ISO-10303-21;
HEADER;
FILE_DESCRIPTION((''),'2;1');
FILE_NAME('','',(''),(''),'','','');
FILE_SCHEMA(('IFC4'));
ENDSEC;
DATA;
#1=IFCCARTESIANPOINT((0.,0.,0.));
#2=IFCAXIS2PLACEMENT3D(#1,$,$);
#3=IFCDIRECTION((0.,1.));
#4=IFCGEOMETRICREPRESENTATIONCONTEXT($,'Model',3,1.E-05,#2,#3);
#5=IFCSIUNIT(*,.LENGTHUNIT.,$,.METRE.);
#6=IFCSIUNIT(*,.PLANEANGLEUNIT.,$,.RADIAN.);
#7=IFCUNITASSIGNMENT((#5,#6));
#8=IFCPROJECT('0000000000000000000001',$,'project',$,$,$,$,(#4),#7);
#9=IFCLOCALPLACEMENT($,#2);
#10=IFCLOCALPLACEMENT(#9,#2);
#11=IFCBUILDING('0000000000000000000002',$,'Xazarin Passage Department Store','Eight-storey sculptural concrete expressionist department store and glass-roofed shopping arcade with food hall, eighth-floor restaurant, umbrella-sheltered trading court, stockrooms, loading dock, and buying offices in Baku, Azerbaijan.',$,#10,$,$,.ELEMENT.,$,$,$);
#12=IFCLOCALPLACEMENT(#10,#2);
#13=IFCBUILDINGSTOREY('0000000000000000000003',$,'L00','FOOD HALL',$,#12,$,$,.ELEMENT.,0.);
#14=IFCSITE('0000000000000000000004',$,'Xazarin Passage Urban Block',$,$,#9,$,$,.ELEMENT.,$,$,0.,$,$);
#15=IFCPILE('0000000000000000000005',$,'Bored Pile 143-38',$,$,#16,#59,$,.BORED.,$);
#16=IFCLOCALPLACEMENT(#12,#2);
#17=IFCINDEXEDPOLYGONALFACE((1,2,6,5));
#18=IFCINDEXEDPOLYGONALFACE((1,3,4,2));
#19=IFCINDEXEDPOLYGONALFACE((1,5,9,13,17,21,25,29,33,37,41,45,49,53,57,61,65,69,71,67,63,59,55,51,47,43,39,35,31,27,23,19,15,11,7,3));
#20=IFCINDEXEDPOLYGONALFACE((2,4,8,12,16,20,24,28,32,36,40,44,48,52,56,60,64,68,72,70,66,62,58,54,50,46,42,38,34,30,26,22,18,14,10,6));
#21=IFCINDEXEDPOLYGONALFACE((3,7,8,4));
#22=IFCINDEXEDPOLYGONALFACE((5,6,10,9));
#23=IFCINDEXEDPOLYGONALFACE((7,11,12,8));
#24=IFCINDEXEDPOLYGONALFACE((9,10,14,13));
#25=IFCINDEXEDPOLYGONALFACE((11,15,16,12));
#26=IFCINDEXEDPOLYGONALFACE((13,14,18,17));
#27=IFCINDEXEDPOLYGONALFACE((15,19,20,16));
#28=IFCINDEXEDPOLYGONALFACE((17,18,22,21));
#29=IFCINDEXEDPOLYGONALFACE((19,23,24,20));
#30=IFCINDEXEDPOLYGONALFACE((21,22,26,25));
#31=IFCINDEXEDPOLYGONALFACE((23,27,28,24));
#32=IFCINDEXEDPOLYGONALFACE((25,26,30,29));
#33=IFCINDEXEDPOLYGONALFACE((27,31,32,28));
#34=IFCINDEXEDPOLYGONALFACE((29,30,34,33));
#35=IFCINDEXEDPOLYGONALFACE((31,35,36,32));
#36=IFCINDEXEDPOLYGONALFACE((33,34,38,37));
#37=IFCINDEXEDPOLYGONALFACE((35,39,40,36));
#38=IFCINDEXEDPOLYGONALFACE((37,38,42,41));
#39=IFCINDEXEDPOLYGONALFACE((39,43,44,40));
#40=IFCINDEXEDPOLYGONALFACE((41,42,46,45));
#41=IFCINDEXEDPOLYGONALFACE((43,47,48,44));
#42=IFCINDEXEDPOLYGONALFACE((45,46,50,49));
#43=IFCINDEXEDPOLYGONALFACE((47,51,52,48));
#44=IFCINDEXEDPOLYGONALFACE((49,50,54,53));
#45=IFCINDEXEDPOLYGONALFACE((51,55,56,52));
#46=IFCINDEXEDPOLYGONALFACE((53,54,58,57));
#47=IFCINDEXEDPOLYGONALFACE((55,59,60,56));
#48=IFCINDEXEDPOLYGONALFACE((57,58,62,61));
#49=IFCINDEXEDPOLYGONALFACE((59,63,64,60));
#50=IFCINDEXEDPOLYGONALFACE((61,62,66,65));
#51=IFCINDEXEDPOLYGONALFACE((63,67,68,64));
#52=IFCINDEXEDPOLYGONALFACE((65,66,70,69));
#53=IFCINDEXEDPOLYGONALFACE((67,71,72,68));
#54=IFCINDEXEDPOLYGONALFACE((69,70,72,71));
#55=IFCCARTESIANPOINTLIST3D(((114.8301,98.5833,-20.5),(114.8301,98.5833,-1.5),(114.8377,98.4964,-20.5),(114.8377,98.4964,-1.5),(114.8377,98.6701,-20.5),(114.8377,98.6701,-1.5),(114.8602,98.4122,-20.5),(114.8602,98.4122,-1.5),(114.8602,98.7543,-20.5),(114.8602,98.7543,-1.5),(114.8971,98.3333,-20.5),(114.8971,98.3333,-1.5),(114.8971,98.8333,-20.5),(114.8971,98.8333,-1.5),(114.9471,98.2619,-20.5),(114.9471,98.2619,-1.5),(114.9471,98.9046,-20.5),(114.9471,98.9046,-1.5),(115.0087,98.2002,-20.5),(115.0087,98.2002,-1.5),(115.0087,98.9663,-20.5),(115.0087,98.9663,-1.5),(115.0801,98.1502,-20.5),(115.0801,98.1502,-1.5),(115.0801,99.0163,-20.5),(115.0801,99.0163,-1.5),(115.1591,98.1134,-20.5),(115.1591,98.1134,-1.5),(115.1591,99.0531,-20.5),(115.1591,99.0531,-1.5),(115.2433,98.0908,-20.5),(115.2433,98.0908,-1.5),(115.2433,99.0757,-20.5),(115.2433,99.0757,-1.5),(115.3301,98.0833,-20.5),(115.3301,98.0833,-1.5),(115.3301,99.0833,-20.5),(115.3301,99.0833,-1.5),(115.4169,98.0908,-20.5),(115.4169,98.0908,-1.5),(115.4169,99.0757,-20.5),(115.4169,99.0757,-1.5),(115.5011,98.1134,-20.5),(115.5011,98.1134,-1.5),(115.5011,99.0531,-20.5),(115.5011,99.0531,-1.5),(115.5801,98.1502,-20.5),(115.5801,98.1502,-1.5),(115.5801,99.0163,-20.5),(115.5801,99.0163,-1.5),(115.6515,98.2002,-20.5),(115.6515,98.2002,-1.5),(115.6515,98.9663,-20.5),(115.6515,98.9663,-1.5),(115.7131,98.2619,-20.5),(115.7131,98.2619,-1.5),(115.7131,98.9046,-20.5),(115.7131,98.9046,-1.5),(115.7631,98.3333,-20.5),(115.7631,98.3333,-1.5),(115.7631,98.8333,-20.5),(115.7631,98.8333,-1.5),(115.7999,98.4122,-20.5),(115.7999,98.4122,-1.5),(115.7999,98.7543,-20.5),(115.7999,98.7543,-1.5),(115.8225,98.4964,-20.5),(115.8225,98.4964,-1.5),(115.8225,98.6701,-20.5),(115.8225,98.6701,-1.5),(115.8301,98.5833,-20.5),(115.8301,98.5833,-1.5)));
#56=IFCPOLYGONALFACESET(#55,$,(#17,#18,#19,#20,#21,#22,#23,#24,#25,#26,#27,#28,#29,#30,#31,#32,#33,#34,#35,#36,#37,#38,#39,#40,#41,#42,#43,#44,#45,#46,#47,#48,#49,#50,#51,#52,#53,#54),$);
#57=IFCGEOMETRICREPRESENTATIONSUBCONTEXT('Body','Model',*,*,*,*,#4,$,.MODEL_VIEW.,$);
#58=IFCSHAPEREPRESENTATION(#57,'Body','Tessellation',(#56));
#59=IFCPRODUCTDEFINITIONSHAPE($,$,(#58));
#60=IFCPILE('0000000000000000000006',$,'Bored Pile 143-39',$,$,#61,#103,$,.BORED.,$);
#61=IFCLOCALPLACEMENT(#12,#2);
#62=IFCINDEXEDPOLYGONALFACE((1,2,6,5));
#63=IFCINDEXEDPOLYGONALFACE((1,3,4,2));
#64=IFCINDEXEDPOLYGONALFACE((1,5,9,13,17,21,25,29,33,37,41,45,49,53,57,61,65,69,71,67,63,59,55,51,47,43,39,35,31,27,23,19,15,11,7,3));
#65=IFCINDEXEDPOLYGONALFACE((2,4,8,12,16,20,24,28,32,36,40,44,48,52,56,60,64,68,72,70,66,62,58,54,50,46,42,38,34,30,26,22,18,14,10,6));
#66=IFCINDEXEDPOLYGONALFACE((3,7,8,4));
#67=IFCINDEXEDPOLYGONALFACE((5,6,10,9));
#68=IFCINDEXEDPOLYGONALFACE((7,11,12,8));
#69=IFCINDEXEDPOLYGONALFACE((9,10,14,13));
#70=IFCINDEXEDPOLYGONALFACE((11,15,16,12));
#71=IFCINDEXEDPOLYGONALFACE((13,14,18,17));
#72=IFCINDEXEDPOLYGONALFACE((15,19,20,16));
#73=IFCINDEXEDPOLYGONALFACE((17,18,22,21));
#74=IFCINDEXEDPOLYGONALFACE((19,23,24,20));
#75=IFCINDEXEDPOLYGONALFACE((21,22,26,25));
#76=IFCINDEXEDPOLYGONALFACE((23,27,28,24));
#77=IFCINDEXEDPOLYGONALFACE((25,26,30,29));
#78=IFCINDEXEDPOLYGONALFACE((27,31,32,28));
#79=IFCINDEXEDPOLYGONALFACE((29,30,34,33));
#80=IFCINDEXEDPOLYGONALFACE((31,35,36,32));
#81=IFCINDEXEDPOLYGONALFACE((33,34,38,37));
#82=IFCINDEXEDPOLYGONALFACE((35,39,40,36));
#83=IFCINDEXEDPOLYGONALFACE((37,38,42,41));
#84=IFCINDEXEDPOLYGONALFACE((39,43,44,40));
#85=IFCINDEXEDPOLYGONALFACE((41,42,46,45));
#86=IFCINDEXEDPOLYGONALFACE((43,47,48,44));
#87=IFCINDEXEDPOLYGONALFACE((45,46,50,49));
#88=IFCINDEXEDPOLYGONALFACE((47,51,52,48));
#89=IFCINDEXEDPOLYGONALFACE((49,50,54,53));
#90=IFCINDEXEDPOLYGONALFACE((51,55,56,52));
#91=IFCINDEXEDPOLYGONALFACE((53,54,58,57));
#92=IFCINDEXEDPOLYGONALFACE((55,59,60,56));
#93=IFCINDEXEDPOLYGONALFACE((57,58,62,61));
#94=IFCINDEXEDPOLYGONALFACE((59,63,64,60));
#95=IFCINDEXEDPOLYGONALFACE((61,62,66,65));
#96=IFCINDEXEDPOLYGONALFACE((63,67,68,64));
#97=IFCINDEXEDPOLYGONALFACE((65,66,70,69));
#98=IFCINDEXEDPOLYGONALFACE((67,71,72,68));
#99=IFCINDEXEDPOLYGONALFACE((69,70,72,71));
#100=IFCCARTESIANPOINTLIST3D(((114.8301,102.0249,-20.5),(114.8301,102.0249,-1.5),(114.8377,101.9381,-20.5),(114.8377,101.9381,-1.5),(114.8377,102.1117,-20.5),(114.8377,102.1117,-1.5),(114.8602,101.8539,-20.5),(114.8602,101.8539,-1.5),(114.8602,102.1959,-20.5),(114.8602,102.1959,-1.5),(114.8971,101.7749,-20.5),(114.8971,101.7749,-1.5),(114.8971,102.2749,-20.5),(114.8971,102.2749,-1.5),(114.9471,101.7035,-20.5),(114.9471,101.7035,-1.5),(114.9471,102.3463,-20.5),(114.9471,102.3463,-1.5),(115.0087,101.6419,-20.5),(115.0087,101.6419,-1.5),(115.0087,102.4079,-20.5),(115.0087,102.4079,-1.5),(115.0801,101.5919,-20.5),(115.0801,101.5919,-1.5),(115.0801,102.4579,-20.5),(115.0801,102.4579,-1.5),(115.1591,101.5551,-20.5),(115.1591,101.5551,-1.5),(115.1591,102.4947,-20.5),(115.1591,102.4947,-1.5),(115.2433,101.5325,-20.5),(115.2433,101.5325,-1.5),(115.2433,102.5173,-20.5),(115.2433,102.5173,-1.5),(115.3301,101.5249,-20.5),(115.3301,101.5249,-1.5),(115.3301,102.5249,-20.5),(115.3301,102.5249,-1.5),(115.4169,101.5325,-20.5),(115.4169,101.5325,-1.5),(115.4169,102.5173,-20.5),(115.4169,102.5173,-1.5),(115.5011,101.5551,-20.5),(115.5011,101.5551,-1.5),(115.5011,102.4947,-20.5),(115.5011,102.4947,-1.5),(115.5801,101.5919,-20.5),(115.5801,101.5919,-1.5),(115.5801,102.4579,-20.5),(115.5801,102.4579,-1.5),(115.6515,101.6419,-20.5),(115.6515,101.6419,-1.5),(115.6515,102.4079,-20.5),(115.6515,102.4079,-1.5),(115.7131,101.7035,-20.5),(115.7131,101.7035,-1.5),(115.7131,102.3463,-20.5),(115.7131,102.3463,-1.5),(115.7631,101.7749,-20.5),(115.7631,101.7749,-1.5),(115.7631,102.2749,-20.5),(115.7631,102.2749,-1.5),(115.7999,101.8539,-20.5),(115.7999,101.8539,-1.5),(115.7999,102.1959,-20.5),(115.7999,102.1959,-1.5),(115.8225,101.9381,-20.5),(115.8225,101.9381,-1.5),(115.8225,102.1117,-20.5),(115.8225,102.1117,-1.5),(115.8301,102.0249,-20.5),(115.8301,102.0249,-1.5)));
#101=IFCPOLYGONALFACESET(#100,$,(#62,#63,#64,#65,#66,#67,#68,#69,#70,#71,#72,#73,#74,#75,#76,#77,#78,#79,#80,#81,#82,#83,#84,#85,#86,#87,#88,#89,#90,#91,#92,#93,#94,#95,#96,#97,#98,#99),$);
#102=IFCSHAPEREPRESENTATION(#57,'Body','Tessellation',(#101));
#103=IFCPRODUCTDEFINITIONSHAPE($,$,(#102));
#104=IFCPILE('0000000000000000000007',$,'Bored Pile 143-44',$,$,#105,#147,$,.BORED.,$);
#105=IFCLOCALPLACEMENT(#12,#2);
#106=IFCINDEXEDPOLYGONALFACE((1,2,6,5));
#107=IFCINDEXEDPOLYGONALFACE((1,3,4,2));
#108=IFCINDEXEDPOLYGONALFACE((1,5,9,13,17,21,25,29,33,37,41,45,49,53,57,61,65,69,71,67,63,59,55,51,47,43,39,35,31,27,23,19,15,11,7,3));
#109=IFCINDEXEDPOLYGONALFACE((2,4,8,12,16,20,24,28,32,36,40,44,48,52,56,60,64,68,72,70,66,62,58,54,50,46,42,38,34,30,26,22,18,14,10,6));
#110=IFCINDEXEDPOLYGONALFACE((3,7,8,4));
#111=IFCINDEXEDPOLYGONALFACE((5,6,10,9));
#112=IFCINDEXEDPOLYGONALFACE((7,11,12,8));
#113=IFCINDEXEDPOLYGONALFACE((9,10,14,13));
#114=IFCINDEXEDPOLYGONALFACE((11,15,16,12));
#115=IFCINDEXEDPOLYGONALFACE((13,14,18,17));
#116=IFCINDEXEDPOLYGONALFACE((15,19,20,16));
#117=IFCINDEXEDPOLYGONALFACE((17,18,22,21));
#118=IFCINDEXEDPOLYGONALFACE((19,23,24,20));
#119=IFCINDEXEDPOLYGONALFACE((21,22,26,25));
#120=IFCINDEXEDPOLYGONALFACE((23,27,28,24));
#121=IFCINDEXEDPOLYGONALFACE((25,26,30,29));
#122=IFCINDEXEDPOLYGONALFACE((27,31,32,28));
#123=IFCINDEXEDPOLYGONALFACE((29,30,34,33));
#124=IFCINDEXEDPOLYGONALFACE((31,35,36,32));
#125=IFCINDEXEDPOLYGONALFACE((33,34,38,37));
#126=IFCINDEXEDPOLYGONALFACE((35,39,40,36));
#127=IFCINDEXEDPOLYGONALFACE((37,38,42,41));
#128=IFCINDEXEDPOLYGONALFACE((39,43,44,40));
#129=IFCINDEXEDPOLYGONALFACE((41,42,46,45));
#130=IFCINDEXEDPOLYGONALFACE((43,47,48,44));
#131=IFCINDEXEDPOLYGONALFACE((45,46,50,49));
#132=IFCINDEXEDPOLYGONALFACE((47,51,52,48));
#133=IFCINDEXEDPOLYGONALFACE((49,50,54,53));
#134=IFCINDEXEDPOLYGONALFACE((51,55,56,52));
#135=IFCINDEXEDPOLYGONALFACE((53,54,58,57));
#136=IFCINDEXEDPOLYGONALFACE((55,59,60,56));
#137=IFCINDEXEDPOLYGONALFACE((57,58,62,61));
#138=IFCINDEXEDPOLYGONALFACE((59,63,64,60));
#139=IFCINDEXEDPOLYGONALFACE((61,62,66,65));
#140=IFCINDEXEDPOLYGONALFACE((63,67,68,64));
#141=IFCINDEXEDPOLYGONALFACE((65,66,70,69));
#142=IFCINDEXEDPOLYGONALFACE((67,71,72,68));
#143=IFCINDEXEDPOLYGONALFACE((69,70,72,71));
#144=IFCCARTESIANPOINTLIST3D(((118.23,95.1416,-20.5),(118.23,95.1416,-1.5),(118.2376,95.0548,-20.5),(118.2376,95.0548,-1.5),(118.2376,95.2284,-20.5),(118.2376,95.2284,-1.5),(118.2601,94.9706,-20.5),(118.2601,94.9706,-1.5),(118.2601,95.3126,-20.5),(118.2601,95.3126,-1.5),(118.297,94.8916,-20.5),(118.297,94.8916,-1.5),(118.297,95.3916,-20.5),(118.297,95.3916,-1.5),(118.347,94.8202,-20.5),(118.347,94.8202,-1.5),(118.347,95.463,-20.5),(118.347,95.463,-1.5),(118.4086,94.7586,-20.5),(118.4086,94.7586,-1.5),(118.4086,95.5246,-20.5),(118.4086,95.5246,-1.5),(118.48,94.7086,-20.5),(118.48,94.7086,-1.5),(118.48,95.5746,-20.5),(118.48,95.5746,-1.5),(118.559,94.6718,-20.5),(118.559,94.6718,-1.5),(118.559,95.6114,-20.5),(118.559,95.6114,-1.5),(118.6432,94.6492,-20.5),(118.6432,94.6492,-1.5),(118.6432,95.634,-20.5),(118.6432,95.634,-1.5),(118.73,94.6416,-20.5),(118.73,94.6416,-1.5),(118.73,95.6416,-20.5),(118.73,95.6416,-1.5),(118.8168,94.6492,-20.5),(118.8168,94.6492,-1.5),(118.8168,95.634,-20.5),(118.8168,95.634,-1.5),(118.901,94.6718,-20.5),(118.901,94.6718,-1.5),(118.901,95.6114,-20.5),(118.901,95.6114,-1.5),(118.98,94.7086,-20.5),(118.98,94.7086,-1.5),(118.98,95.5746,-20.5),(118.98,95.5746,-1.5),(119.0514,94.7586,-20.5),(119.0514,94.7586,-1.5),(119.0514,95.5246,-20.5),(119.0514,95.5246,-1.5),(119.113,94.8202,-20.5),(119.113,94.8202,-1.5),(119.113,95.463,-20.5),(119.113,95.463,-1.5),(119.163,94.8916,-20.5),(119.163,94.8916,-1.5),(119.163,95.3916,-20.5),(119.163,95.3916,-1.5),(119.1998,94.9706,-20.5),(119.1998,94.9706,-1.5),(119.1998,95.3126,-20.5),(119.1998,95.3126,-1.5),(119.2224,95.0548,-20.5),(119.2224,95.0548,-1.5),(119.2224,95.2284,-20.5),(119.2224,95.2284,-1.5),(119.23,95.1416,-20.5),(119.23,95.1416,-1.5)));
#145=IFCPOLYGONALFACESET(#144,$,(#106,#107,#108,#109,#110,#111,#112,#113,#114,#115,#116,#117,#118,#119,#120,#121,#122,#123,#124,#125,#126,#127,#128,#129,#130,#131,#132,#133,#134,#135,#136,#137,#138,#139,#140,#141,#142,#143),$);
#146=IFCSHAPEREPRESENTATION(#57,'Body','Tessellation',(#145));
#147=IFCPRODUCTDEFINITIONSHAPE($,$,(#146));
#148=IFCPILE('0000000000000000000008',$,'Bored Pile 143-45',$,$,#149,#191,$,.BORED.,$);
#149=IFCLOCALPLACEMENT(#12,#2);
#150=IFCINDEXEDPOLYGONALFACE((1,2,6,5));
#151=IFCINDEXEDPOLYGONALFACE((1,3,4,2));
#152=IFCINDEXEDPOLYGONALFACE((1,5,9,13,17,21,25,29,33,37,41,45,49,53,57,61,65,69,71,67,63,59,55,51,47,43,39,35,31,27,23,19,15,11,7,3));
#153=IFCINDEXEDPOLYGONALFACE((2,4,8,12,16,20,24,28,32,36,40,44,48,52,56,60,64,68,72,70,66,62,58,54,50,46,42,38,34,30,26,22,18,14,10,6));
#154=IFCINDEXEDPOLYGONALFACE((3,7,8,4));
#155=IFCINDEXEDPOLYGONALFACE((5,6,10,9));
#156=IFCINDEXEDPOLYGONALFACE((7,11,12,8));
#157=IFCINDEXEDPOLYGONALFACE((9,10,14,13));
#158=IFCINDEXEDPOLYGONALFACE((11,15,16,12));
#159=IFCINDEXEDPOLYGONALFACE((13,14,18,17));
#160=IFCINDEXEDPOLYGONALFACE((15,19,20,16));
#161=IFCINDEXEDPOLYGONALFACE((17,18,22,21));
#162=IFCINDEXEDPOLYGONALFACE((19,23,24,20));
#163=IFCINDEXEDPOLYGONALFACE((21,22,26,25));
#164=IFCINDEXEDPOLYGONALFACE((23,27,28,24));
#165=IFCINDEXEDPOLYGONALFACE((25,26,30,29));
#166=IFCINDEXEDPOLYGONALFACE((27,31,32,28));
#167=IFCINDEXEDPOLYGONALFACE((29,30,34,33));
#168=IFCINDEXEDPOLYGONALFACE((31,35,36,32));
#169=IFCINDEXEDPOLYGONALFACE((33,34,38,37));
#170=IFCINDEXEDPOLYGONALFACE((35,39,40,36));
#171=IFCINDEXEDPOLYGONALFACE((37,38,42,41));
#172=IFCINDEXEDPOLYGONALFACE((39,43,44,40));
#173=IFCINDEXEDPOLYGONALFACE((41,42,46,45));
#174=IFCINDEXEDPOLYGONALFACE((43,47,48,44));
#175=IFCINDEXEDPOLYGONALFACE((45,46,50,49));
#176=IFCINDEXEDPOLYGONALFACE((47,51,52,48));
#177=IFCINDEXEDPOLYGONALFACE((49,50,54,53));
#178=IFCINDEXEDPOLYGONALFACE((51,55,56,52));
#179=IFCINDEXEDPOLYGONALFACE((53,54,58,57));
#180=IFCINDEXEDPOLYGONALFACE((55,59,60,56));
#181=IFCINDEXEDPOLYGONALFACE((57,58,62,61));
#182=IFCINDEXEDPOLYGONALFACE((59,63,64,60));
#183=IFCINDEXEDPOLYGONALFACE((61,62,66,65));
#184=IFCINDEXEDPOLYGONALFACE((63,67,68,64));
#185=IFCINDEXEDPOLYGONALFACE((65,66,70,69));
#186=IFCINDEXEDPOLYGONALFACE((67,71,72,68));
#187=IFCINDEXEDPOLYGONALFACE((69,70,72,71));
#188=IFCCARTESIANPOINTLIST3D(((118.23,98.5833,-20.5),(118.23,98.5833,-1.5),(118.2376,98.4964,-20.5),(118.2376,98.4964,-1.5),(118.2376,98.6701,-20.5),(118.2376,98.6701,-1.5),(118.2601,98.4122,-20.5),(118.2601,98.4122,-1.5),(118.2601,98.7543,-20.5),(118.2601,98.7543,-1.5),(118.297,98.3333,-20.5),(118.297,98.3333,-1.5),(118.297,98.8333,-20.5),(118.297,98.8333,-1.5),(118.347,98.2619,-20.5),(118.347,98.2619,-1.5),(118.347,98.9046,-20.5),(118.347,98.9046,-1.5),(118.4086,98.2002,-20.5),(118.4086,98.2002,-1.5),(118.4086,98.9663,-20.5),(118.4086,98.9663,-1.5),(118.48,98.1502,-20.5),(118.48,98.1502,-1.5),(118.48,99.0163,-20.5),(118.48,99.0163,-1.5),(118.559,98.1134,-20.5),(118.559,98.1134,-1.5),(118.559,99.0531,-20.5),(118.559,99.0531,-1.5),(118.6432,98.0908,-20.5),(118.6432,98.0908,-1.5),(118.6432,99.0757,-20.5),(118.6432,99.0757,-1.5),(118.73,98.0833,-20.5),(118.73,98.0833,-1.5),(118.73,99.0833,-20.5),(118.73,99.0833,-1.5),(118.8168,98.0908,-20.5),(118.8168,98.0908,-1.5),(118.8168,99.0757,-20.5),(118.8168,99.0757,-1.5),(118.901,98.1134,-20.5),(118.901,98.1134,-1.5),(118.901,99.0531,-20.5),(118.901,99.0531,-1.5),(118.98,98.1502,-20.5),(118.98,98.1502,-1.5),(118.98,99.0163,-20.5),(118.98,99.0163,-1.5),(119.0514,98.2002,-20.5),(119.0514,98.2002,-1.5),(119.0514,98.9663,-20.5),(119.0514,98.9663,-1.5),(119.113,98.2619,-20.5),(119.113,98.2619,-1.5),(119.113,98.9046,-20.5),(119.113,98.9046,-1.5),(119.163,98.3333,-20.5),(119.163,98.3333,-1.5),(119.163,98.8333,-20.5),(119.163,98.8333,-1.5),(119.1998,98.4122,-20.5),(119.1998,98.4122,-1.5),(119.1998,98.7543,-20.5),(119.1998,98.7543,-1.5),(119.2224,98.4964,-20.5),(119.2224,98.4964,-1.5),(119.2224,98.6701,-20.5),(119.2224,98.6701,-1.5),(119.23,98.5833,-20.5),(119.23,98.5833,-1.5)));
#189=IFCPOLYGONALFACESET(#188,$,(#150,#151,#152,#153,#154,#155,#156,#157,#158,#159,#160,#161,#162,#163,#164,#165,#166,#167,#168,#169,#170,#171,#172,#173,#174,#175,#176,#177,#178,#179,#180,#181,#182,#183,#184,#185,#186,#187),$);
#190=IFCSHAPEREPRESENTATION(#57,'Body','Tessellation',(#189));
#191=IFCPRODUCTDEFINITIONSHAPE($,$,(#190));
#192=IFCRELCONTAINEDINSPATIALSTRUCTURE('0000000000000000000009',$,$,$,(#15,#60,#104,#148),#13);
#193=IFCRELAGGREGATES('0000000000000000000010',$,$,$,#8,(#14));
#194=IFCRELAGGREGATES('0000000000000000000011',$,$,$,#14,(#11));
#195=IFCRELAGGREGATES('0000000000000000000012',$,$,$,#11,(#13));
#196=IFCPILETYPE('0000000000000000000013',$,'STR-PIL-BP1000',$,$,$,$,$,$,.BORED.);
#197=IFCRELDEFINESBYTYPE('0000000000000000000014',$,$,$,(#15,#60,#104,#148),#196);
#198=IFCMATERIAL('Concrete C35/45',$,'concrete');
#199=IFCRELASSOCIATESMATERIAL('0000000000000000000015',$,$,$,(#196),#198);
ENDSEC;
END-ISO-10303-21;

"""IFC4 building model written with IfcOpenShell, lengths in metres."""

from ifc_helpers import new_model, si_unit, direction, frame, origin, origin_2d, place, context, subcontext, project, spatial, circle, extrude, material, material_profile, profile_set, type_object, element, save


model = new_model("IFC4")

# Units and contexts
model_context = context("Model", 3, precision=1e-05, world=origin(), true_north=direction((0.0, 1.0)))
body_context = subcontext(model_context, "Body", "Model", "MODEL_VIEW")
ifc_project = project(units=[si_unit("LENGTHUNIT", "METRE"), si_unit("PLANEANGLEUNIT", "RADIAN")], contexts=[model_context])

# Site, building, storey
site_placement = place(None, origin())
site = spatial("IfcSite", under=ifc_project, at=site_placement, Name="Xazarin Passage Urban Block", CompositionType="ELEMENT", RefElevation=0.0)
building_placement = place(site_placement, origin())
building = spatial("IfcBuilding", under=site, at=building_placement, Name="Xazarin Passage Department Store", Description="Eight-storey sculptural concrete expressionist department store and glass-roofed shopping arcade with food hall, eighth-floor restaurant, umbrella-sheltered trading court, stockrooms, loading dock, and buying offices in Baku, Azerbaijan.", CompositionType="ELEMENT")
storey_placement = place(building_placement, origin())
storey = spatial("IfcBuildingStorey", under=building, at=storey_placement, Name="L00", Description="FOOD HALL", CompositionType="ELEMENT", Elevation=0.0)

# Piles
ifc_material_1 = material(Name="Concrete C35/45", Category="concrete")
ifc_material_profile_1 = material_profile(ifc_material_1, circle(Radius=0.5, at=origin_2d()), Name="BP 1000")
ifc_profile_set_1 = profile_set([ifc_material_profile_1], Name="Concrete C35/45")
pile_type_1 = type_object("IfcPileType", Name="STR-PIL-BP1000", PredefinedType="BORED", material=ifc_profile_set_1)
for number, where, z_axis, x_axis, name in (
    (1, (115.3301, 98.5833, -1.5), (0.0, 0.0, -1.0), (1.0, 0.0, 0.0), "Bored Pile 143-38"),
    (2, (115.3301, 102.0249, -1.5), (0.0, 0.0, -1.0), (1.0, 0.0, 0.0), "Bored Pile 143-39"),
    (3, (118.73, 95.1416, -1.5), (0.0, 0.0, -1.0), (1.0, 0.0, 0.0), "Bored Pile 143-44"),
    (4, (118.73, 98.5833, -1.5), (0.0, 0.0, -1.0), (1.0, 0.0, 0.0), "Bored Pile 143-45"),
):
    element("IfcPile", number, at=place(storey_placement, frame(where, z_axis=z_axis, x_axis=x_axis)), inside=storey, type_object=pile_type_1, Name=name, PredefinedType="BORED", context=body_context, shape_type="SweptSolid", body=[
        extrude(circle(Radius=0.5, at=origin_2d()), origin(), (0.0, 0.0, 1.0), 19.0),
    ])

save(model, "model.ifc")
